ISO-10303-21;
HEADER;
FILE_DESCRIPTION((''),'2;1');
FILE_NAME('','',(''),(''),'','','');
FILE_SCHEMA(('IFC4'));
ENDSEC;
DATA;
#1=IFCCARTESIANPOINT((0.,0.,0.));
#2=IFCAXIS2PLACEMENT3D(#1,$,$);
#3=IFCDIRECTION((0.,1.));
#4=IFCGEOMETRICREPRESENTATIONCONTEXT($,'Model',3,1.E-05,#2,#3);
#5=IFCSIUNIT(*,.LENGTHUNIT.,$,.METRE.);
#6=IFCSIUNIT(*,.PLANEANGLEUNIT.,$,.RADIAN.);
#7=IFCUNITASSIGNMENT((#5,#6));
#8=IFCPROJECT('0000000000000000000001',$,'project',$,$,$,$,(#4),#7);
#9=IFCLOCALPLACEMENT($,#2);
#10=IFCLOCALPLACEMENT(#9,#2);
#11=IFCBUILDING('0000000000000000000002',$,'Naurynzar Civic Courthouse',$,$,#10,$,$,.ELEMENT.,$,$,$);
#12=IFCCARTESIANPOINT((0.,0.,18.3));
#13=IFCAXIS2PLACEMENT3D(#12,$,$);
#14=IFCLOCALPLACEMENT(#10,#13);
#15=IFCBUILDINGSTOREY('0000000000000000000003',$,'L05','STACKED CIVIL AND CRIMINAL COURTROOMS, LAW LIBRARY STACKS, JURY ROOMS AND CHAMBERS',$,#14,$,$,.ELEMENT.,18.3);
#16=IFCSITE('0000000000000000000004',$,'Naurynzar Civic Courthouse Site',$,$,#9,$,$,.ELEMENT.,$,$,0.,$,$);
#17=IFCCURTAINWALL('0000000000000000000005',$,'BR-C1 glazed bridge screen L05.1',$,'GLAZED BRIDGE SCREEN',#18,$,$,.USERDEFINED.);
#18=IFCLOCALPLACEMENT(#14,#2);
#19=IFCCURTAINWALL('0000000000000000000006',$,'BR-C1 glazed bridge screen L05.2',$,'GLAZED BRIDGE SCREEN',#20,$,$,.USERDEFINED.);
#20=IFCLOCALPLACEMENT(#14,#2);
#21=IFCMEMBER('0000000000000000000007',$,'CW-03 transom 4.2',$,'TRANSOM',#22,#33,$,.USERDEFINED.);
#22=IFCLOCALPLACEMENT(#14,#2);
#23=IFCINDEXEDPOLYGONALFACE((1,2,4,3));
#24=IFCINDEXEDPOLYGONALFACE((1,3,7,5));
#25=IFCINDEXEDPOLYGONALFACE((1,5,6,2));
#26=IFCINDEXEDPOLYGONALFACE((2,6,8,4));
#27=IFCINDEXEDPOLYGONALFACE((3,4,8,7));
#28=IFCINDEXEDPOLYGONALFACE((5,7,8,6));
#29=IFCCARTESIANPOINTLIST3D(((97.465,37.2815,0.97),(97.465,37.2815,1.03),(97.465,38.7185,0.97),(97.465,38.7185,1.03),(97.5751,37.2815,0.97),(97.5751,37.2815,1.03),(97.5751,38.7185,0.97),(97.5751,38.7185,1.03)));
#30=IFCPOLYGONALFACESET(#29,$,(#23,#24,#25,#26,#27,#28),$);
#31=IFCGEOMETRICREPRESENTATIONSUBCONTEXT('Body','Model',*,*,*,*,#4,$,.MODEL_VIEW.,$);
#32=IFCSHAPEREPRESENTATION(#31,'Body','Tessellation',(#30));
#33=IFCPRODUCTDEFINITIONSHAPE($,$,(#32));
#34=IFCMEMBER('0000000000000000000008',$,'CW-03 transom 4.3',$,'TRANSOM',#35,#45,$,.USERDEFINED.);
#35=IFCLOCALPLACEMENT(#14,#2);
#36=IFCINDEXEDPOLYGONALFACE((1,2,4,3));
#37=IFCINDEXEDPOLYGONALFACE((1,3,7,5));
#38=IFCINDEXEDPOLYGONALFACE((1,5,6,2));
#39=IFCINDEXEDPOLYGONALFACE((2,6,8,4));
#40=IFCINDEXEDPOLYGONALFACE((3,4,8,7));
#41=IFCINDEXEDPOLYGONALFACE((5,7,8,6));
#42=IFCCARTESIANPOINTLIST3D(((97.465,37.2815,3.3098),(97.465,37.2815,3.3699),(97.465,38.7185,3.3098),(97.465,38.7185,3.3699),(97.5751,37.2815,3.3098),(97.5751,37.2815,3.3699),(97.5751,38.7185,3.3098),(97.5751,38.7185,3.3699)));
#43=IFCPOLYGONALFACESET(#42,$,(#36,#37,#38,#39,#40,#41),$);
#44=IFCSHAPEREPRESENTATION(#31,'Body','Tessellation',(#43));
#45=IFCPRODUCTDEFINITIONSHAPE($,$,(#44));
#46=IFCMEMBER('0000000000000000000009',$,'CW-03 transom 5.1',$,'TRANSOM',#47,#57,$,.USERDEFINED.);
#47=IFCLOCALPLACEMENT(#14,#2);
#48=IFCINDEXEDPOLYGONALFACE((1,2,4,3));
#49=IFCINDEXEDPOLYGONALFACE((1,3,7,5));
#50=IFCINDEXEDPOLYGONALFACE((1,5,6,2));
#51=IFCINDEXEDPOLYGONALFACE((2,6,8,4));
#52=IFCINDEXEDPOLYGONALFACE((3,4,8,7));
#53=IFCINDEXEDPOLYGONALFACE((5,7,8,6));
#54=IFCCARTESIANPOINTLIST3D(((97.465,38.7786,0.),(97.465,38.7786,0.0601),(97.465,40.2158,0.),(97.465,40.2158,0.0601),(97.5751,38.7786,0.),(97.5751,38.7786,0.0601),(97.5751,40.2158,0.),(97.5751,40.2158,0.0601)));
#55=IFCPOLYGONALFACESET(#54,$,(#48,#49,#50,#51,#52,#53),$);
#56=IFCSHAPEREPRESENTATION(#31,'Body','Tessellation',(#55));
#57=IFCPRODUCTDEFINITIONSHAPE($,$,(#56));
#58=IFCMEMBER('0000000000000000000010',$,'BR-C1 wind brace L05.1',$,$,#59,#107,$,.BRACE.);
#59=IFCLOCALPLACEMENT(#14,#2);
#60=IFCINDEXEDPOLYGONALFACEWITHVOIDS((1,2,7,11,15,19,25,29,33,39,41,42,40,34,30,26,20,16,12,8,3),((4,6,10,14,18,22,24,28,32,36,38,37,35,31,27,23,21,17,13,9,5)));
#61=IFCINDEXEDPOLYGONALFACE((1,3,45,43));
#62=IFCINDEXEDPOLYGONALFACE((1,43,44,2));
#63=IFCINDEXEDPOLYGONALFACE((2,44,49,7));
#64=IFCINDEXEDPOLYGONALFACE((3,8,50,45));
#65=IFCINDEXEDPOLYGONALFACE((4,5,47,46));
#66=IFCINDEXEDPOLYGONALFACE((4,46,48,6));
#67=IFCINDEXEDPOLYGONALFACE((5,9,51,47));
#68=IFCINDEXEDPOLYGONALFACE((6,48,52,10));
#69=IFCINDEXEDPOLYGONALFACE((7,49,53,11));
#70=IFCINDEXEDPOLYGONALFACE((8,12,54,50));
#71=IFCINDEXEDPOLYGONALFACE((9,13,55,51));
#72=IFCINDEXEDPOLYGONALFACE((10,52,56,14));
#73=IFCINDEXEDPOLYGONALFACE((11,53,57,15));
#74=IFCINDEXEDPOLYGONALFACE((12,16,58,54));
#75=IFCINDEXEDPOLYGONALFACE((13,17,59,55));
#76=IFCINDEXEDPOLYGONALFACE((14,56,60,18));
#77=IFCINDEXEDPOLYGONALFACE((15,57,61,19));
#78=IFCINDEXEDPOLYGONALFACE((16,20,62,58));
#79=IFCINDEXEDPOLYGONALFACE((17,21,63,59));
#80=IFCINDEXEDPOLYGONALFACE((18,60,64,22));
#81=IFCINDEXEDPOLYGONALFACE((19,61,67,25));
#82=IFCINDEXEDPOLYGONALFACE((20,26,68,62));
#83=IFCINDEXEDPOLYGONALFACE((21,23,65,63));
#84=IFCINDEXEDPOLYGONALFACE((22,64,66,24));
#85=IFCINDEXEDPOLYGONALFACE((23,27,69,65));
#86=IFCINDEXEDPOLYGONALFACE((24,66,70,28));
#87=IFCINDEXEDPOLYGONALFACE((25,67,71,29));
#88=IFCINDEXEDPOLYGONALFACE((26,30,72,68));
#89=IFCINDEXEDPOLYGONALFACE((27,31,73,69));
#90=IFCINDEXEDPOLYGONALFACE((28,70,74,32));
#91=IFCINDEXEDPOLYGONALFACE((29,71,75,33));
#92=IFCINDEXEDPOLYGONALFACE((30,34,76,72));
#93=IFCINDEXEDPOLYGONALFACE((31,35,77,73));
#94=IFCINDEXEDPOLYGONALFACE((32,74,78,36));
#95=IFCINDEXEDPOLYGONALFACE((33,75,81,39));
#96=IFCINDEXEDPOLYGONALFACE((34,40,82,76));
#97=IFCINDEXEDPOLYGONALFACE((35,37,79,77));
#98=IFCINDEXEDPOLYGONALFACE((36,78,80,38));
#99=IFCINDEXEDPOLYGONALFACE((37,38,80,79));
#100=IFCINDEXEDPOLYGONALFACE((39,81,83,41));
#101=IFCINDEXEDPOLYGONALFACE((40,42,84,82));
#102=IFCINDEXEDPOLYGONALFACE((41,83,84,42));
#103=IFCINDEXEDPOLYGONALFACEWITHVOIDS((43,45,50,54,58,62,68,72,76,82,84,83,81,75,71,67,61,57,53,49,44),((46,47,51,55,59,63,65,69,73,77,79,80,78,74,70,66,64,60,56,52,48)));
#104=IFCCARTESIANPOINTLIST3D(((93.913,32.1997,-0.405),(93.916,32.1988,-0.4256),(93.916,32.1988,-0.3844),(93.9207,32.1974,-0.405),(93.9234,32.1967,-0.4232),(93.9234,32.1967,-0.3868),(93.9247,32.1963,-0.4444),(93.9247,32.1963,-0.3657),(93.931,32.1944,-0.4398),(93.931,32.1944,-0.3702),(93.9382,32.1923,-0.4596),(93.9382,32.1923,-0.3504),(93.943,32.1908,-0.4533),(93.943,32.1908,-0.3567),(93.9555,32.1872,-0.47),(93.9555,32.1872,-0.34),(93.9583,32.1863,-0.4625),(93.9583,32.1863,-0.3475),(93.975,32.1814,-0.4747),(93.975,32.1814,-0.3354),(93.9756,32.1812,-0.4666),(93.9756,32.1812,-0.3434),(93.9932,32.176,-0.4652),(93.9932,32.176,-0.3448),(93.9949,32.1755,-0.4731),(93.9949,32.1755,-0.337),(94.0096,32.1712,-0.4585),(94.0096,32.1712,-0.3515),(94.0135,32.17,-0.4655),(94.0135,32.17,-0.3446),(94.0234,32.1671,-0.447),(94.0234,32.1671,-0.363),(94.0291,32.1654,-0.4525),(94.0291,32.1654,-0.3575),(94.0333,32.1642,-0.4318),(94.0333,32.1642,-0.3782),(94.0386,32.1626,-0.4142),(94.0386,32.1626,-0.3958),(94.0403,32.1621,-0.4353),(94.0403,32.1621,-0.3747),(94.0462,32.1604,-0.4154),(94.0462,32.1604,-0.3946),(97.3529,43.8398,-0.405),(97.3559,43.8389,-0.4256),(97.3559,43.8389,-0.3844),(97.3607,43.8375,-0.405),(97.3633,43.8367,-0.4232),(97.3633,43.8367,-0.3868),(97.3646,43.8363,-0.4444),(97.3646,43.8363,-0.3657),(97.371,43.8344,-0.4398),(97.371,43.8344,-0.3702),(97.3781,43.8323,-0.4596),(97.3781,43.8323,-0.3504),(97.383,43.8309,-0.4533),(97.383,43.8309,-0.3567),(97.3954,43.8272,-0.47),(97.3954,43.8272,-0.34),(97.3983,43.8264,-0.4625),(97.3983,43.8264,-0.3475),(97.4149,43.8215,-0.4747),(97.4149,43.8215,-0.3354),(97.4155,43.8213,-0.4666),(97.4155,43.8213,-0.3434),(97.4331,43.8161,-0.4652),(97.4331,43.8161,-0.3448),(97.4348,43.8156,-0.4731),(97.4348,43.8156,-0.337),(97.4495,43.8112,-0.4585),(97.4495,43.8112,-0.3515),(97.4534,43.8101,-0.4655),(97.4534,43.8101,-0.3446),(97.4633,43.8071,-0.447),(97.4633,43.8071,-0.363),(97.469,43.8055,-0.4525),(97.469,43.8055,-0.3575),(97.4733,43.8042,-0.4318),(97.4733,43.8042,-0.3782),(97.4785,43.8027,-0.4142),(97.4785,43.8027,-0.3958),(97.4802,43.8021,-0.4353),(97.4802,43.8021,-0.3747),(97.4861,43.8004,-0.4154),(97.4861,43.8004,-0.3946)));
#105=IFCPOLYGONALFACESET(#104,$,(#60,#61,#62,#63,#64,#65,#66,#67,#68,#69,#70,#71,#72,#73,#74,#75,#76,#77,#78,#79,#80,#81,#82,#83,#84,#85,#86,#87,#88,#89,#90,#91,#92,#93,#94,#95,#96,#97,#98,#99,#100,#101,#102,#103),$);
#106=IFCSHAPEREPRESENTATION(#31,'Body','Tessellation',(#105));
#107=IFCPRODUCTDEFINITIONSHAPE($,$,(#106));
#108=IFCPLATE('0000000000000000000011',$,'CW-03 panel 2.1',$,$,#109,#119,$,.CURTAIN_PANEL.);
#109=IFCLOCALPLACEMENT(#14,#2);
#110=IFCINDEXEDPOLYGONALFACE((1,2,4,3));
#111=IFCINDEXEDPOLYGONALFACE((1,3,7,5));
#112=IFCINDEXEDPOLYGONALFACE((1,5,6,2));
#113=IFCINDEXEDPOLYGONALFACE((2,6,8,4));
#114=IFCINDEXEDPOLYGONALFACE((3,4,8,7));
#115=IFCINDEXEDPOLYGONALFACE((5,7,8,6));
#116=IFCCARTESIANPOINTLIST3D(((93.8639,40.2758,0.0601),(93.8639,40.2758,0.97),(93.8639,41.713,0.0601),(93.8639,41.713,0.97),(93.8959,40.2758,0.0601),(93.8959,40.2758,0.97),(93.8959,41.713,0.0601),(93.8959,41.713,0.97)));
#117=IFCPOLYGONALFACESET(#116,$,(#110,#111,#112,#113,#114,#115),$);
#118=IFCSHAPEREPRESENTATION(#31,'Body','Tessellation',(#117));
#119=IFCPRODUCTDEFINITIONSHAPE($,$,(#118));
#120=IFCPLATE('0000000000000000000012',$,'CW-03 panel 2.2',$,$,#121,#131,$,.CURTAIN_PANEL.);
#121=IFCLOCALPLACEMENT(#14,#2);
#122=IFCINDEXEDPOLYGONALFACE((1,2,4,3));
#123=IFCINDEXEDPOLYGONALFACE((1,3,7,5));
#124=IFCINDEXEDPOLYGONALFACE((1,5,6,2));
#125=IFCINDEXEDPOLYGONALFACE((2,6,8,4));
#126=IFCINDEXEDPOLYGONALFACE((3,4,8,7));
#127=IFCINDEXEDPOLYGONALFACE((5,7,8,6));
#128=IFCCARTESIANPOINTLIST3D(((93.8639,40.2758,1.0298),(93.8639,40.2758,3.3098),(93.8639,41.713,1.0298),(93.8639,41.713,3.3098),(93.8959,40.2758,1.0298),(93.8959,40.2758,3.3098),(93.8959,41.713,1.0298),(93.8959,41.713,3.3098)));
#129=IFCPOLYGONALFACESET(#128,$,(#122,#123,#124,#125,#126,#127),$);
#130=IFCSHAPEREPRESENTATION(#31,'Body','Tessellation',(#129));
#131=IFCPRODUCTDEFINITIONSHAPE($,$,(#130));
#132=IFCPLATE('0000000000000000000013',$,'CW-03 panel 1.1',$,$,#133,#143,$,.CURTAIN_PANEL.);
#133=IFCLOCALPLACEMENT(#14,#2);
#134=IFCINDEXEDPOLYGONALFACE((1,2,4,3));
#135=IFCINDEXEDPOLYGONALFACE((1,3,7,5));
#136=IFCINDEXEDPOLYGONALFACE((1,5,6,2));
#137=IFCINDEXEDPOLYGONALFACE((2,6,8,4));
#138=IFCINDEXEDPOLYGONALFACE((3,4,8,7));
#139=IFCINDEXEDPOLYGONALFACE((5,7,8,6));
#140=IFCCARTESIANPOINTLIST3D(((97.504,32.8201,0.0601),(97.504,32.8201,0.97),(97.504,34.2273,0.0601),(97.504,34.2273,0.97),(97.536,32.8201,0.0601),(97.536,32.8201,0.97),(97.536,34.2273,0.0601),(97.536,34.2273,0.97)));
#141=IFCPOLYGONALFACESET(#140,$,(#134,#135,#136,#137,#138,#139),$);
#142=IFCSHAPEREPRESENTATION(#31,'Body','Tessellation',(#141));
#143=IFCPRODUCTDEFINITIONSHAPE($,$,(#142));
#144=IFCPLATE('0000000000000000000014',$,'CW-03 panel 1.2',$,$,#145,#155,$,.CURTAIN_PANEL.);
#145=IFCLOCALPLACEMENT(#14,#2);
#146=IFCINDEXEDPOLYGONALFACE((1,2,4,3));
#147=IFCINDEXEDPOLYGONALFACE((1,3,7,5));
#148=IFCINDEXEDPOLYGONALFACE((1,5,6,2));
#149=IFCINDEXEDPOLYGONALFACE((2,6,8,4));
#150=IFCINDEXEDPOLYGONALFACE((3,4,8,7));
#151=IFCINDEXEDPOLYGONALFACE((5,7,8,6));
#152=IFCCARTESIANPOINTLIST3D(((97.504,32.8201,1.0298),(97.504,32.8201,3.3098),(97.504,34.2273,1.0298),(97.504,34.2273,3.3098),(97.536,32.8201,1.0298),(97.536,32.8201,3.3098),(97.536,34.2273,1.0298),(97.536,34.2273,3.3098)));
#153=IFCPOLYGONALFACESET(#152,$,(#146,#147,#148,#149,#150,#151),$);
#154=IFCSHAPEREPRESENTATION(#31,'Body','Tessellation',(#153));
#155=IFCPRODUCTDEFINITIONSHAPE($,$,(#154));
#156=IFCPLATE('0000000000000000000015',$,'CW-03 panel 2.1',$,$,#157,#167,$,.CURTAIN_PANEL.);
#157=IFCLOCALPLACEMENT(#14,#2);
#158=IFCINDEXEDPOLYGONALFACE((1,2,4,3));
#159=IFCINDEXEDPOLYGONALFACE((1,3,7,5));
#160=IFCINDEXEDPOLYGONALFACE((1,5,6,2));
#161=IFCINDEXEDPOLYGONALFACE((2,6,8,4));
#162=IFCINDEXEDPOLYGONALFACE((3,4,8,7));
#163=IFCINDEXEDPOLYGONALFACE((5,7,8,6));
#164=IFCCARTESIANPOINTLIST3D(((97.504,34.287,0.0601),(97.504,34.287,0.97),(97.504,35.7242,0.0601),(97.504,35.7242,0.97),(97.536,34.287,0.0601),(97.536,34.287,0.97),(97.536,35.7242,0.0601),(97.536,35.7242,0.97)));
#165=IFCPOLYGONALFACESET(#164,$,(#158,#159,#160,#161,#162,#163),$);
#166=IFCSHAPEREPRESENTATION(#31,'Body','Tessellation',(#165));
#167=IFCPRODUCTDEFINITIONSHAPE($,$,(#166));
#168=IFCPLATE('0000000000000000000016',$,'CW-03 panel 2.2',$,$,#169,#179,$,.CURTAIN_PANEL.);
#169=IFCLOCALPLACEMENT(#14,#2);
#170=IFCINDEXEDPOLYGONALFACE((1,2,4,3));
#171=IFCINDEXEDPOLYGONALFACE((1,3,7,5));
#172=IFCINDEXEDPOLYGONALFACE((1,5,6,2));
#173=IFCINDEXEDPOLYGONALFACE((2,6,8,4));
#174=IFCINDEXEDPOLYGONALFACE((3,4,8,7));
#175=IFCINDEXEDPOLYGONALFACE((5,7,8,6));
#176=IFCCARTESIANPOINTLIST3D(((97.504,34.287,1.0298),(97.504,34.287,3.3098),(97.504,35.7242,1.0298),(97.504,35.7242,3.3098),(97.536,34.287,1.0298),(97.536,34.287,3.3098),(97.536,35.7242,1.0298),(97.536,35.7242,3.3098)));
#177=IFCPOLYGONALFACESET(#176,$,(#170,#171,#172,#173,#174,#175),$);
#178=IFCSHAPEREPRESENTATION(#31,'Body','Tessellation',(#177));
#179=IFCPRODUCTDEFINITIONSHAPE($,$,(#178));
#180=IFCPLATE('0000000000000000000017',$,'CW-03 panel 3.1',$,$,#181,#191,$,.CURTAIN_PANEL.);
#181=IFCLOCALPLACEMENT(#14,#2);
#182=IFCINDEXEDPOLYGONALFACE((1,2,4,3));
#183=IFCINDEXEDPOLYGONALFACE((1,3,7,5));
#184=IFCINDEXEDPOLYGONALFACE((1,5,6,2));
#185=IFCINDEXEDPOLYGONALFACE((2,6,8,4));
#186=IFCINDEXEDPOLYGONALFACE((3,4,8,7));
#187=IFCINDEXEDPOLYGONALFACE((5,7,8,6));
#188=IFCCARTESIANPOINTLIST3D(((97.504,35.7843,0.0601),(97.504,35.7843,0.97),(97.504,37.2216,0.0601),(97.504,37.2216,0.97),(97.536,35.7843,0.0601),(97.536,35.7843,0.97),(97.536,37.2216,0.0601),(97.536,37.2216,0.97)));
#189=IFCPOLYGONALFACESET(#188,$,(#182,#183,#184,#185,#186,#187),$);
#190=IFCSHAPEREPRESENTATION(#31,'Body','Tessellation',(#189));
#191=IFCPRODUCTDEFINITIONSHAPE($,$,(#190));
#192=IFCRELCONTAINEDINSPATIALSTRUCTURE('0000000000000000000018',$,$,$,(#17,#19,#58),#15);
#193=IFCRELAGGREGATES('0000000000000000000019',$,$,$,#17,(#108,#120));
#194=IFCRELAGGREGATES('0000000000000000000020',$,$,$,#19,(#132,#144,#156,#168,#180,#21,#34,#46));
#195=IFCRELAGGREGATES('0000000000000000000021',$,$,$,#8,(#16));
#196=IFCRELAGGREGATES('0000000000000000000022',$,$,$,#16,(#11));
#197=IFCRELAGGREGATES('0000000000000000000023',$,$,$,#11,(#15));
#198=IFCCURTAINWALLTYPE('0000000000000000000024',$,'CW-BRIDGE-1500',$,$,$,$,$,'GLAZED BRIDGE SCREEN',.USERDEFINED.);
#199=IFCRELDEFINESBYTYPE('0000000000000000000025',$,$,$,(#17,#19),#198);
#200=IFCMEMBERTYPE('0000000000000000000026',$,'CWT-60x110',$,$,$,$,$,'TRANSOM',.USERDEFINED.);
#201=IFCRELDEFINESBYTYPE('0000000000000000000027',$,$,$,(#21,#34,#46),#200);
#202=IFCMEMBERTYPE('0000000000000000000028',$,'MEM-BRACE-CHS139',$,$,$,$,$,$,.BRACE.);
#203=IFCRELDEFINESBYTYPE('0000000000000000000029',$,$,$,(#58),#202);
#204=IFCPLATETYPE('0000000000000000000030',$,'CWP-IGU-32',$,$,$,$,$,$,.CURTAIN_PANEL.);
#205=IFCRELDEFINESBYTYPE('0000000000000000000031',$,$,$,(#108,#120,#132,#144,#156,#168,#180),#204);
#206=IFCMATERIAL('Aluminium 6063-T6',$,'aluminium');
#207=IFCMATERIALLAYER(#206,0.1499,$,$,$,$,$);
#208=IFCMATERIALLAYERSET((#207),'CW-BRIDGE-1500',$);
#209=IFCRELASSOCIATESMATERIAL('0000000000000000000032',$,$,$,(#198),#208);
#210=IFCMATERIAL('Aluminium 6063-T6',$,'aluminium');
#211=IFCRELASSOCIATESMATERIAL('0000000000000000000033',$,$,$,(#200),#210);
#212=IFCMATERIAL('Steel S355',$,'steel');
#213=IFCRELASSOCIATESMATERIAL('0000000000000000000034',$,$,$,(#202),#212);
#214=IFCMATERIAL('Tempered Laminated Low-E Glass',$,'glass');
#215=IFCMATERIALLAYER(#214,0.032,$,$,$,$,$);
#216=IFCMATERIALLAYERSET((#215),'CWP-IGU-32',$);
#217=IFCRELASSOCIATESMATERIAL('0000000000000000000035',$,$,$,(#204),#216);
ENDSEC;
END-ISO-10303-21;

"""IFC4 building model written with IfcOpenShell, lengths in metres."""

from ifc_helpers import new_model, si_unit, direction, frame, origin, origin_2d, place, context, subcontext, project, spatial, rectangle, hollow_circle, extrude, material, layer, layer_set, material_profile, profile_set, type_object, element, aggregate, save


model = new_model("IFC4")

# Units and contexts
model_context = context("Model", 3, precision=1e-05, world=origin(), true_north=direction((0.0, 1.0)))
body_context = subcontext(model_context, "Body", "Model", "MODEL_VIEW")
ifc_project = project(units=[si_unit("LENGTHUNIT", "METRE"), si_unit("PLANEANGLEUNIT", "RADIAN")], contexts=[model_context])

# Site, building, storey
site_placement = place(None, origin())
site = spatial("IfcSite", under=ifc_project, at=site_placement, Name="Naurynzar Civic Courthouse Site", CompositionType="ELEMENT", RefElevation=0.0)
building_placement = place(site_placement, origin())
building = spatial("IfcBuilding", under=site, at=building_placement, Name="Naurynzar Civic Courthouse", CompositionType="ELEMENT")
storey_placement = place(building_placement, frame((0.0, 0.0, 18.3)))
storey = spatial("IfcBuildingStorey", under=building, at=storey_placement, Name="L05", Description="STACKED CIVIL AND CRIMINAL COURTROOMS, LAW LIBRARY STACKS, JURY ROOMS AND CHAMBERS", CompositionType="ELEMENT", Elevation=18.3)

# Curtain wall
ifc_material_1 = material(Name="Aluminium 6063-T6", Category="aluminium")
ifc_layer_1 = layer(ifc_material_1, 0.1499)
ifc_layer_set_1 = layer_set([ifc_layer_1], Name="CW-BRIDGE-1500")
curtain_wall_type = type_object("IfcCurtainWallType", Name="CW-BRIDGE-1500", ElementType="GLAZED BRIDGE SCREEN", PredefinedType="USERDEFINED", material=ifc_layer_set_1)
curtain_wall_1_placement = place(storey_placement, origin())
curtain_wall_1 = element("IfcCurtainWall", 1, at=curtain_wall_1_placement, inside=storey, type_object=curtain_wall_type, Name="BR-C1 glazed bridge screen L05.1", ObjectType="GLAZED BRIDGE SCREEN", PredefinedType="USERDEFINED")

# Curtain wall
curtain_wall_2_placement = place(storey_placement, origin())
curtain_wall_2 = element("IfcCurtainWall", 2, at=curtain_wall_2_placement, inside=storey, type_object=curtain_wall_type, Name="BR-C1 glazed bridge screen L05.2", ObjectType="GLAZED BRIDGE SCREEN", PredefinedType="USERDEFINED")

# Members
ifc_material_2 = material(Name="Aluminium 6063-T6", Category="aluminium")
ifc_material_profile_1 = material_profile(ifc_material_2, rectangle(XDim=0.1101, YDim=0.0601, at=origin_2d()), Name="ALU TRANSOM 60x110")
ifc_profile_set_1 = profile_set([ifc_material_profile_1], Name="Aluminium 6063-T6")
member_type_1 = type_object("IfcMemberType", Name="CWT-60x110", ElementType="TRANSOM", PredefinedType="USERDEFINED", material=ifc_profile_set_1)
member_1_placement = place(storey_placement, frame((97.52, 37.2815, 1.0), z_axis=(0.0, 1.0, 0.0), x_axis=(-1.0, 0.0, 0.0)))
member_1 = element("IfcMember", 3, at=member_1_placement, type_object=member_type_1, Name="CW-03 transom 4.2", ObjectType="TRANSOM", PredefinedType="USERDEFINED", context=body_context, shape_type="SweptSolid", body=[
    extrude(rectangle(XDim=0.1101, YDim=0.0601, at=origin_2d()), origin(), (0.0, 0.0, 1.0), 1.437),
])
member_2_placement = place(storey_placement, frame((97.52, 37.2815, 3.3398), z_axis=(0.0, 1.0, 0.0), x_axis=(-1.0, 0.0, 0.0)))
member_2 = element("IfcMember", 4, at=member_2_placement, type_object=member_type_1, Name="CW-03 transom 4.3", ObjectType="TRANSOM", PredefinedType="USERDEFINED", context=body_context, shape_type="SweptSolid", body=[
    extrude(rectangle(XDim=0.1101, YDim=0.0601, at=origin_2d()), origin(), (0.0, 0.0, 1.0), 1.437),
])
member_3_placement = place(storey_placement, frame((97.52, 38.7786, 0.03), z_axis=(0.0, 1.0, 0.0), x_axis=(-1.0, 0.0, 0.0)))
member_3 = element("IfcMember", 5, at=member_3_placement, type_object=member_type_1, Name="CW-03 transom 5.1", ObjectType="TRANSOM", PredefinedType="USERDEFINED", context=body_context, shape_type="SweptSolid", body=[
    extrude(rectangle(XDim=0.1101, YDim=0.0601, at=origin_2d()), origin(), (0.0, 0.0, 1.0), 1.4373),
])
ifc_material_3 = material(Name="Steel S355", Category="steel")
ifc_material_profile_2 = material_profile(ifc_material_3, hollow_circle(Radius=0.0698, WallThickness=0.0081, at=origin_2d()), Name="CHS 139.7x8")
ifc_profile_set_2 = profile_set([ifc_material_profile_2], Name="Steel S355")
member_type_2 = type_object("IfcMemberType", Name="MEM-BRACE-CHS139", PredefinedType="BRACE", material=ifc_profile_set_2)
member_4_placement = place(storey_placement, frame((93.98, 32.1799, -0.405), z_axis=(0.283408, 0.959, 0.0), x_axis=(-0.959, 0.283408, 0.0)))
element("IfcMember", 6, at=member_4_placement, inside=storey, type_object=member_type_2, Name="BR-C1 wind brace L05.1", PredefinedType="BRACE", context=body_context, shape_type="SweptSolid", body=[
    extrude(hollow_circle(Radius=0.0698, WallThickness=0.0081, at=origin_2d()), origin(), (0.0, 0.0, 1.0), 12.1377),
])

# Plates
ifc_material_4 = material(Name="Tempered Laminated Low-E Glass", Category="glass")
ifc_layer_2 = layer(ifc_material_4, 0.032)
ifc_layer_set_2 = layer_set([ifc_layer_2], Name="CWP-IGU-32")
plate_type_1 = type_object("IfcPlateType", Name="CWP-IGU-32", PredefinedType="CURTAIN_PANEL", material=ifc_layer_set_2)
plate_1_placement = place(storey_placement, frame((93.8799, 40.9944, 0.0601), z_axis=(0.0, 0.0, 1.0), x_axis=(0.0, -1.0, 0.0)))
plate_1 = element("IfcPlate", 7, at=plate_1_placement, type_object=plate_type_1, Name="CW-03 panel 2.1", PredefinedType="CURTAIN_PANEL", context=body_context, shape_type="SweptSolid", body=[
    extrude(rectangle(XDim=1.4373, YDim=0.032, at=origin_2d()), origin(), (0.0, 0.0, 1.0), 0.9099),
])
plate_2_placement = place(storey_placement, frame((93.8799, 40.9944, 1.0298), z_axis=(0.0, 0.0, 1.0), x_axis=(0.0, -1.0, 0.0)))
plate_2 = element("IfcPlate", 8, at=plate_2_placement, type_object=plate_type_1, Name="CW-03 panel 2.2", PredefinedType="CURTAIN_PANEL", context=body_context, shape_type="SweptSolid", body=[
    extrude(rectangle(XDim=1.4373, YDim=0.032, at=origin_2d()), origin(), (0.0, 0.0, 1.0), 2.28),
])
aggregate(curtain_wall_1, [plate_1, plate_2])
plate_3_placement = place(storey_placement, frame((97.52, 33.5237, 0.0601), z_axis=(0.0, 0.0, 1.0), x_axis=(0.0, 1.0, 0.0)))
plate_3 = element("IfcPlate", 9, at=plate_3_placement, type_object=plate_type_1, Name="CW-03 panel 1.1", PredefinedType="CURTAIN_PANEL", context=body_context, shape_type="SweptSolid", body=[
    extrude(rectangle(XDim=1.4072, YDim=0.032, at=origin_2d()), origin(), (0.0, 0.0, 1.0), 0.9099),
])
plate_4_placement = place(storey_placement, frame((97.52, 33.5237, 1.0298), z_axis=(0.0, 0.0, 1.0), x_axis=(0.0, 1.0, 0.0)))
plate_4 = element("IfcPlate", 10, at=plate_4_placement, type_object=plate_type_1, Name="CW-03 panel 1.2", PredefinedType="CURTAIN_PANEL", context=body_context, shape_type="SweptSolid", body=[
    extrude(rectangle(XDim=1.4072, YDim=0.032, at=origin_2d()), origin(), (0.0, 0.0, 1.0), 2.28),
])
plate_5_placement = place(storey_placement, frame((97.52, 35.0056, 0.0601), z_axis=(0.0, 0.0, 1.0), x_axis=(0.0, 1.0, 0.0)))
plate_5 = element("IfcPlate", 11, at=plate_5_placement, type_object=plate_type_1, Name="CW-03 panel 2.1", PredefinedType="CURTAIN_PANEL", context=body_context, shape_type="SweptSolid", body=[
    extrude(rectangle(XDim=1.4373, YDim=0.032, at=origin_2d()), origin(), (0.0, 0.0, 1.0), 0.9099),
])
plate_6_placement = place(storey_placement, frame((97.52, 35.0056, 1.0298), z_axis=(0.0, 0.0, 1.0), x_axis=(0.0, 1.0, 0.0)))
plate_6 = element("IfcPlate", 12, at=plate_6_placement, type_object=plate_type_1, Name="CW-03 panel 2.2", PredefinedType="CURTAIN_PANEL", context=body_context, shape_type="SweptSolid", body=[
    extrude(rectangle(XDim=1.4373, YDim=0.032, at=origin_2d()), origin(), (0.0, 0.0, 1.0), 2.28),
])
plate_7_placement = place(storey_placement, frame((97.52, 36.5029, 0.0601), z_axis=(0.0, 0.0, 1.0), x_axis=(0.0, 1.0, 0.0)))
plate_7 = element("IfcPlate", 13, at=plate_7_placement, type_object=plate_type_1, Name="CW-03 panel 3.1", PredefinedType="CURTAIN_PANEL", context=body_context, shape_type="SweptSolid", body=[
    extrude(rectangle(XDim=1.4373, YDim=0.032, at=origin_2d()), origin(), (0.0, 0.0, 1.0), 0.9099),
])
aggregate(curtain_wall_2, [plate_3, plate_4, plate_5, plate_6, plate_7, member_1, member_2, member_3])

save(model, "model.ifc")
